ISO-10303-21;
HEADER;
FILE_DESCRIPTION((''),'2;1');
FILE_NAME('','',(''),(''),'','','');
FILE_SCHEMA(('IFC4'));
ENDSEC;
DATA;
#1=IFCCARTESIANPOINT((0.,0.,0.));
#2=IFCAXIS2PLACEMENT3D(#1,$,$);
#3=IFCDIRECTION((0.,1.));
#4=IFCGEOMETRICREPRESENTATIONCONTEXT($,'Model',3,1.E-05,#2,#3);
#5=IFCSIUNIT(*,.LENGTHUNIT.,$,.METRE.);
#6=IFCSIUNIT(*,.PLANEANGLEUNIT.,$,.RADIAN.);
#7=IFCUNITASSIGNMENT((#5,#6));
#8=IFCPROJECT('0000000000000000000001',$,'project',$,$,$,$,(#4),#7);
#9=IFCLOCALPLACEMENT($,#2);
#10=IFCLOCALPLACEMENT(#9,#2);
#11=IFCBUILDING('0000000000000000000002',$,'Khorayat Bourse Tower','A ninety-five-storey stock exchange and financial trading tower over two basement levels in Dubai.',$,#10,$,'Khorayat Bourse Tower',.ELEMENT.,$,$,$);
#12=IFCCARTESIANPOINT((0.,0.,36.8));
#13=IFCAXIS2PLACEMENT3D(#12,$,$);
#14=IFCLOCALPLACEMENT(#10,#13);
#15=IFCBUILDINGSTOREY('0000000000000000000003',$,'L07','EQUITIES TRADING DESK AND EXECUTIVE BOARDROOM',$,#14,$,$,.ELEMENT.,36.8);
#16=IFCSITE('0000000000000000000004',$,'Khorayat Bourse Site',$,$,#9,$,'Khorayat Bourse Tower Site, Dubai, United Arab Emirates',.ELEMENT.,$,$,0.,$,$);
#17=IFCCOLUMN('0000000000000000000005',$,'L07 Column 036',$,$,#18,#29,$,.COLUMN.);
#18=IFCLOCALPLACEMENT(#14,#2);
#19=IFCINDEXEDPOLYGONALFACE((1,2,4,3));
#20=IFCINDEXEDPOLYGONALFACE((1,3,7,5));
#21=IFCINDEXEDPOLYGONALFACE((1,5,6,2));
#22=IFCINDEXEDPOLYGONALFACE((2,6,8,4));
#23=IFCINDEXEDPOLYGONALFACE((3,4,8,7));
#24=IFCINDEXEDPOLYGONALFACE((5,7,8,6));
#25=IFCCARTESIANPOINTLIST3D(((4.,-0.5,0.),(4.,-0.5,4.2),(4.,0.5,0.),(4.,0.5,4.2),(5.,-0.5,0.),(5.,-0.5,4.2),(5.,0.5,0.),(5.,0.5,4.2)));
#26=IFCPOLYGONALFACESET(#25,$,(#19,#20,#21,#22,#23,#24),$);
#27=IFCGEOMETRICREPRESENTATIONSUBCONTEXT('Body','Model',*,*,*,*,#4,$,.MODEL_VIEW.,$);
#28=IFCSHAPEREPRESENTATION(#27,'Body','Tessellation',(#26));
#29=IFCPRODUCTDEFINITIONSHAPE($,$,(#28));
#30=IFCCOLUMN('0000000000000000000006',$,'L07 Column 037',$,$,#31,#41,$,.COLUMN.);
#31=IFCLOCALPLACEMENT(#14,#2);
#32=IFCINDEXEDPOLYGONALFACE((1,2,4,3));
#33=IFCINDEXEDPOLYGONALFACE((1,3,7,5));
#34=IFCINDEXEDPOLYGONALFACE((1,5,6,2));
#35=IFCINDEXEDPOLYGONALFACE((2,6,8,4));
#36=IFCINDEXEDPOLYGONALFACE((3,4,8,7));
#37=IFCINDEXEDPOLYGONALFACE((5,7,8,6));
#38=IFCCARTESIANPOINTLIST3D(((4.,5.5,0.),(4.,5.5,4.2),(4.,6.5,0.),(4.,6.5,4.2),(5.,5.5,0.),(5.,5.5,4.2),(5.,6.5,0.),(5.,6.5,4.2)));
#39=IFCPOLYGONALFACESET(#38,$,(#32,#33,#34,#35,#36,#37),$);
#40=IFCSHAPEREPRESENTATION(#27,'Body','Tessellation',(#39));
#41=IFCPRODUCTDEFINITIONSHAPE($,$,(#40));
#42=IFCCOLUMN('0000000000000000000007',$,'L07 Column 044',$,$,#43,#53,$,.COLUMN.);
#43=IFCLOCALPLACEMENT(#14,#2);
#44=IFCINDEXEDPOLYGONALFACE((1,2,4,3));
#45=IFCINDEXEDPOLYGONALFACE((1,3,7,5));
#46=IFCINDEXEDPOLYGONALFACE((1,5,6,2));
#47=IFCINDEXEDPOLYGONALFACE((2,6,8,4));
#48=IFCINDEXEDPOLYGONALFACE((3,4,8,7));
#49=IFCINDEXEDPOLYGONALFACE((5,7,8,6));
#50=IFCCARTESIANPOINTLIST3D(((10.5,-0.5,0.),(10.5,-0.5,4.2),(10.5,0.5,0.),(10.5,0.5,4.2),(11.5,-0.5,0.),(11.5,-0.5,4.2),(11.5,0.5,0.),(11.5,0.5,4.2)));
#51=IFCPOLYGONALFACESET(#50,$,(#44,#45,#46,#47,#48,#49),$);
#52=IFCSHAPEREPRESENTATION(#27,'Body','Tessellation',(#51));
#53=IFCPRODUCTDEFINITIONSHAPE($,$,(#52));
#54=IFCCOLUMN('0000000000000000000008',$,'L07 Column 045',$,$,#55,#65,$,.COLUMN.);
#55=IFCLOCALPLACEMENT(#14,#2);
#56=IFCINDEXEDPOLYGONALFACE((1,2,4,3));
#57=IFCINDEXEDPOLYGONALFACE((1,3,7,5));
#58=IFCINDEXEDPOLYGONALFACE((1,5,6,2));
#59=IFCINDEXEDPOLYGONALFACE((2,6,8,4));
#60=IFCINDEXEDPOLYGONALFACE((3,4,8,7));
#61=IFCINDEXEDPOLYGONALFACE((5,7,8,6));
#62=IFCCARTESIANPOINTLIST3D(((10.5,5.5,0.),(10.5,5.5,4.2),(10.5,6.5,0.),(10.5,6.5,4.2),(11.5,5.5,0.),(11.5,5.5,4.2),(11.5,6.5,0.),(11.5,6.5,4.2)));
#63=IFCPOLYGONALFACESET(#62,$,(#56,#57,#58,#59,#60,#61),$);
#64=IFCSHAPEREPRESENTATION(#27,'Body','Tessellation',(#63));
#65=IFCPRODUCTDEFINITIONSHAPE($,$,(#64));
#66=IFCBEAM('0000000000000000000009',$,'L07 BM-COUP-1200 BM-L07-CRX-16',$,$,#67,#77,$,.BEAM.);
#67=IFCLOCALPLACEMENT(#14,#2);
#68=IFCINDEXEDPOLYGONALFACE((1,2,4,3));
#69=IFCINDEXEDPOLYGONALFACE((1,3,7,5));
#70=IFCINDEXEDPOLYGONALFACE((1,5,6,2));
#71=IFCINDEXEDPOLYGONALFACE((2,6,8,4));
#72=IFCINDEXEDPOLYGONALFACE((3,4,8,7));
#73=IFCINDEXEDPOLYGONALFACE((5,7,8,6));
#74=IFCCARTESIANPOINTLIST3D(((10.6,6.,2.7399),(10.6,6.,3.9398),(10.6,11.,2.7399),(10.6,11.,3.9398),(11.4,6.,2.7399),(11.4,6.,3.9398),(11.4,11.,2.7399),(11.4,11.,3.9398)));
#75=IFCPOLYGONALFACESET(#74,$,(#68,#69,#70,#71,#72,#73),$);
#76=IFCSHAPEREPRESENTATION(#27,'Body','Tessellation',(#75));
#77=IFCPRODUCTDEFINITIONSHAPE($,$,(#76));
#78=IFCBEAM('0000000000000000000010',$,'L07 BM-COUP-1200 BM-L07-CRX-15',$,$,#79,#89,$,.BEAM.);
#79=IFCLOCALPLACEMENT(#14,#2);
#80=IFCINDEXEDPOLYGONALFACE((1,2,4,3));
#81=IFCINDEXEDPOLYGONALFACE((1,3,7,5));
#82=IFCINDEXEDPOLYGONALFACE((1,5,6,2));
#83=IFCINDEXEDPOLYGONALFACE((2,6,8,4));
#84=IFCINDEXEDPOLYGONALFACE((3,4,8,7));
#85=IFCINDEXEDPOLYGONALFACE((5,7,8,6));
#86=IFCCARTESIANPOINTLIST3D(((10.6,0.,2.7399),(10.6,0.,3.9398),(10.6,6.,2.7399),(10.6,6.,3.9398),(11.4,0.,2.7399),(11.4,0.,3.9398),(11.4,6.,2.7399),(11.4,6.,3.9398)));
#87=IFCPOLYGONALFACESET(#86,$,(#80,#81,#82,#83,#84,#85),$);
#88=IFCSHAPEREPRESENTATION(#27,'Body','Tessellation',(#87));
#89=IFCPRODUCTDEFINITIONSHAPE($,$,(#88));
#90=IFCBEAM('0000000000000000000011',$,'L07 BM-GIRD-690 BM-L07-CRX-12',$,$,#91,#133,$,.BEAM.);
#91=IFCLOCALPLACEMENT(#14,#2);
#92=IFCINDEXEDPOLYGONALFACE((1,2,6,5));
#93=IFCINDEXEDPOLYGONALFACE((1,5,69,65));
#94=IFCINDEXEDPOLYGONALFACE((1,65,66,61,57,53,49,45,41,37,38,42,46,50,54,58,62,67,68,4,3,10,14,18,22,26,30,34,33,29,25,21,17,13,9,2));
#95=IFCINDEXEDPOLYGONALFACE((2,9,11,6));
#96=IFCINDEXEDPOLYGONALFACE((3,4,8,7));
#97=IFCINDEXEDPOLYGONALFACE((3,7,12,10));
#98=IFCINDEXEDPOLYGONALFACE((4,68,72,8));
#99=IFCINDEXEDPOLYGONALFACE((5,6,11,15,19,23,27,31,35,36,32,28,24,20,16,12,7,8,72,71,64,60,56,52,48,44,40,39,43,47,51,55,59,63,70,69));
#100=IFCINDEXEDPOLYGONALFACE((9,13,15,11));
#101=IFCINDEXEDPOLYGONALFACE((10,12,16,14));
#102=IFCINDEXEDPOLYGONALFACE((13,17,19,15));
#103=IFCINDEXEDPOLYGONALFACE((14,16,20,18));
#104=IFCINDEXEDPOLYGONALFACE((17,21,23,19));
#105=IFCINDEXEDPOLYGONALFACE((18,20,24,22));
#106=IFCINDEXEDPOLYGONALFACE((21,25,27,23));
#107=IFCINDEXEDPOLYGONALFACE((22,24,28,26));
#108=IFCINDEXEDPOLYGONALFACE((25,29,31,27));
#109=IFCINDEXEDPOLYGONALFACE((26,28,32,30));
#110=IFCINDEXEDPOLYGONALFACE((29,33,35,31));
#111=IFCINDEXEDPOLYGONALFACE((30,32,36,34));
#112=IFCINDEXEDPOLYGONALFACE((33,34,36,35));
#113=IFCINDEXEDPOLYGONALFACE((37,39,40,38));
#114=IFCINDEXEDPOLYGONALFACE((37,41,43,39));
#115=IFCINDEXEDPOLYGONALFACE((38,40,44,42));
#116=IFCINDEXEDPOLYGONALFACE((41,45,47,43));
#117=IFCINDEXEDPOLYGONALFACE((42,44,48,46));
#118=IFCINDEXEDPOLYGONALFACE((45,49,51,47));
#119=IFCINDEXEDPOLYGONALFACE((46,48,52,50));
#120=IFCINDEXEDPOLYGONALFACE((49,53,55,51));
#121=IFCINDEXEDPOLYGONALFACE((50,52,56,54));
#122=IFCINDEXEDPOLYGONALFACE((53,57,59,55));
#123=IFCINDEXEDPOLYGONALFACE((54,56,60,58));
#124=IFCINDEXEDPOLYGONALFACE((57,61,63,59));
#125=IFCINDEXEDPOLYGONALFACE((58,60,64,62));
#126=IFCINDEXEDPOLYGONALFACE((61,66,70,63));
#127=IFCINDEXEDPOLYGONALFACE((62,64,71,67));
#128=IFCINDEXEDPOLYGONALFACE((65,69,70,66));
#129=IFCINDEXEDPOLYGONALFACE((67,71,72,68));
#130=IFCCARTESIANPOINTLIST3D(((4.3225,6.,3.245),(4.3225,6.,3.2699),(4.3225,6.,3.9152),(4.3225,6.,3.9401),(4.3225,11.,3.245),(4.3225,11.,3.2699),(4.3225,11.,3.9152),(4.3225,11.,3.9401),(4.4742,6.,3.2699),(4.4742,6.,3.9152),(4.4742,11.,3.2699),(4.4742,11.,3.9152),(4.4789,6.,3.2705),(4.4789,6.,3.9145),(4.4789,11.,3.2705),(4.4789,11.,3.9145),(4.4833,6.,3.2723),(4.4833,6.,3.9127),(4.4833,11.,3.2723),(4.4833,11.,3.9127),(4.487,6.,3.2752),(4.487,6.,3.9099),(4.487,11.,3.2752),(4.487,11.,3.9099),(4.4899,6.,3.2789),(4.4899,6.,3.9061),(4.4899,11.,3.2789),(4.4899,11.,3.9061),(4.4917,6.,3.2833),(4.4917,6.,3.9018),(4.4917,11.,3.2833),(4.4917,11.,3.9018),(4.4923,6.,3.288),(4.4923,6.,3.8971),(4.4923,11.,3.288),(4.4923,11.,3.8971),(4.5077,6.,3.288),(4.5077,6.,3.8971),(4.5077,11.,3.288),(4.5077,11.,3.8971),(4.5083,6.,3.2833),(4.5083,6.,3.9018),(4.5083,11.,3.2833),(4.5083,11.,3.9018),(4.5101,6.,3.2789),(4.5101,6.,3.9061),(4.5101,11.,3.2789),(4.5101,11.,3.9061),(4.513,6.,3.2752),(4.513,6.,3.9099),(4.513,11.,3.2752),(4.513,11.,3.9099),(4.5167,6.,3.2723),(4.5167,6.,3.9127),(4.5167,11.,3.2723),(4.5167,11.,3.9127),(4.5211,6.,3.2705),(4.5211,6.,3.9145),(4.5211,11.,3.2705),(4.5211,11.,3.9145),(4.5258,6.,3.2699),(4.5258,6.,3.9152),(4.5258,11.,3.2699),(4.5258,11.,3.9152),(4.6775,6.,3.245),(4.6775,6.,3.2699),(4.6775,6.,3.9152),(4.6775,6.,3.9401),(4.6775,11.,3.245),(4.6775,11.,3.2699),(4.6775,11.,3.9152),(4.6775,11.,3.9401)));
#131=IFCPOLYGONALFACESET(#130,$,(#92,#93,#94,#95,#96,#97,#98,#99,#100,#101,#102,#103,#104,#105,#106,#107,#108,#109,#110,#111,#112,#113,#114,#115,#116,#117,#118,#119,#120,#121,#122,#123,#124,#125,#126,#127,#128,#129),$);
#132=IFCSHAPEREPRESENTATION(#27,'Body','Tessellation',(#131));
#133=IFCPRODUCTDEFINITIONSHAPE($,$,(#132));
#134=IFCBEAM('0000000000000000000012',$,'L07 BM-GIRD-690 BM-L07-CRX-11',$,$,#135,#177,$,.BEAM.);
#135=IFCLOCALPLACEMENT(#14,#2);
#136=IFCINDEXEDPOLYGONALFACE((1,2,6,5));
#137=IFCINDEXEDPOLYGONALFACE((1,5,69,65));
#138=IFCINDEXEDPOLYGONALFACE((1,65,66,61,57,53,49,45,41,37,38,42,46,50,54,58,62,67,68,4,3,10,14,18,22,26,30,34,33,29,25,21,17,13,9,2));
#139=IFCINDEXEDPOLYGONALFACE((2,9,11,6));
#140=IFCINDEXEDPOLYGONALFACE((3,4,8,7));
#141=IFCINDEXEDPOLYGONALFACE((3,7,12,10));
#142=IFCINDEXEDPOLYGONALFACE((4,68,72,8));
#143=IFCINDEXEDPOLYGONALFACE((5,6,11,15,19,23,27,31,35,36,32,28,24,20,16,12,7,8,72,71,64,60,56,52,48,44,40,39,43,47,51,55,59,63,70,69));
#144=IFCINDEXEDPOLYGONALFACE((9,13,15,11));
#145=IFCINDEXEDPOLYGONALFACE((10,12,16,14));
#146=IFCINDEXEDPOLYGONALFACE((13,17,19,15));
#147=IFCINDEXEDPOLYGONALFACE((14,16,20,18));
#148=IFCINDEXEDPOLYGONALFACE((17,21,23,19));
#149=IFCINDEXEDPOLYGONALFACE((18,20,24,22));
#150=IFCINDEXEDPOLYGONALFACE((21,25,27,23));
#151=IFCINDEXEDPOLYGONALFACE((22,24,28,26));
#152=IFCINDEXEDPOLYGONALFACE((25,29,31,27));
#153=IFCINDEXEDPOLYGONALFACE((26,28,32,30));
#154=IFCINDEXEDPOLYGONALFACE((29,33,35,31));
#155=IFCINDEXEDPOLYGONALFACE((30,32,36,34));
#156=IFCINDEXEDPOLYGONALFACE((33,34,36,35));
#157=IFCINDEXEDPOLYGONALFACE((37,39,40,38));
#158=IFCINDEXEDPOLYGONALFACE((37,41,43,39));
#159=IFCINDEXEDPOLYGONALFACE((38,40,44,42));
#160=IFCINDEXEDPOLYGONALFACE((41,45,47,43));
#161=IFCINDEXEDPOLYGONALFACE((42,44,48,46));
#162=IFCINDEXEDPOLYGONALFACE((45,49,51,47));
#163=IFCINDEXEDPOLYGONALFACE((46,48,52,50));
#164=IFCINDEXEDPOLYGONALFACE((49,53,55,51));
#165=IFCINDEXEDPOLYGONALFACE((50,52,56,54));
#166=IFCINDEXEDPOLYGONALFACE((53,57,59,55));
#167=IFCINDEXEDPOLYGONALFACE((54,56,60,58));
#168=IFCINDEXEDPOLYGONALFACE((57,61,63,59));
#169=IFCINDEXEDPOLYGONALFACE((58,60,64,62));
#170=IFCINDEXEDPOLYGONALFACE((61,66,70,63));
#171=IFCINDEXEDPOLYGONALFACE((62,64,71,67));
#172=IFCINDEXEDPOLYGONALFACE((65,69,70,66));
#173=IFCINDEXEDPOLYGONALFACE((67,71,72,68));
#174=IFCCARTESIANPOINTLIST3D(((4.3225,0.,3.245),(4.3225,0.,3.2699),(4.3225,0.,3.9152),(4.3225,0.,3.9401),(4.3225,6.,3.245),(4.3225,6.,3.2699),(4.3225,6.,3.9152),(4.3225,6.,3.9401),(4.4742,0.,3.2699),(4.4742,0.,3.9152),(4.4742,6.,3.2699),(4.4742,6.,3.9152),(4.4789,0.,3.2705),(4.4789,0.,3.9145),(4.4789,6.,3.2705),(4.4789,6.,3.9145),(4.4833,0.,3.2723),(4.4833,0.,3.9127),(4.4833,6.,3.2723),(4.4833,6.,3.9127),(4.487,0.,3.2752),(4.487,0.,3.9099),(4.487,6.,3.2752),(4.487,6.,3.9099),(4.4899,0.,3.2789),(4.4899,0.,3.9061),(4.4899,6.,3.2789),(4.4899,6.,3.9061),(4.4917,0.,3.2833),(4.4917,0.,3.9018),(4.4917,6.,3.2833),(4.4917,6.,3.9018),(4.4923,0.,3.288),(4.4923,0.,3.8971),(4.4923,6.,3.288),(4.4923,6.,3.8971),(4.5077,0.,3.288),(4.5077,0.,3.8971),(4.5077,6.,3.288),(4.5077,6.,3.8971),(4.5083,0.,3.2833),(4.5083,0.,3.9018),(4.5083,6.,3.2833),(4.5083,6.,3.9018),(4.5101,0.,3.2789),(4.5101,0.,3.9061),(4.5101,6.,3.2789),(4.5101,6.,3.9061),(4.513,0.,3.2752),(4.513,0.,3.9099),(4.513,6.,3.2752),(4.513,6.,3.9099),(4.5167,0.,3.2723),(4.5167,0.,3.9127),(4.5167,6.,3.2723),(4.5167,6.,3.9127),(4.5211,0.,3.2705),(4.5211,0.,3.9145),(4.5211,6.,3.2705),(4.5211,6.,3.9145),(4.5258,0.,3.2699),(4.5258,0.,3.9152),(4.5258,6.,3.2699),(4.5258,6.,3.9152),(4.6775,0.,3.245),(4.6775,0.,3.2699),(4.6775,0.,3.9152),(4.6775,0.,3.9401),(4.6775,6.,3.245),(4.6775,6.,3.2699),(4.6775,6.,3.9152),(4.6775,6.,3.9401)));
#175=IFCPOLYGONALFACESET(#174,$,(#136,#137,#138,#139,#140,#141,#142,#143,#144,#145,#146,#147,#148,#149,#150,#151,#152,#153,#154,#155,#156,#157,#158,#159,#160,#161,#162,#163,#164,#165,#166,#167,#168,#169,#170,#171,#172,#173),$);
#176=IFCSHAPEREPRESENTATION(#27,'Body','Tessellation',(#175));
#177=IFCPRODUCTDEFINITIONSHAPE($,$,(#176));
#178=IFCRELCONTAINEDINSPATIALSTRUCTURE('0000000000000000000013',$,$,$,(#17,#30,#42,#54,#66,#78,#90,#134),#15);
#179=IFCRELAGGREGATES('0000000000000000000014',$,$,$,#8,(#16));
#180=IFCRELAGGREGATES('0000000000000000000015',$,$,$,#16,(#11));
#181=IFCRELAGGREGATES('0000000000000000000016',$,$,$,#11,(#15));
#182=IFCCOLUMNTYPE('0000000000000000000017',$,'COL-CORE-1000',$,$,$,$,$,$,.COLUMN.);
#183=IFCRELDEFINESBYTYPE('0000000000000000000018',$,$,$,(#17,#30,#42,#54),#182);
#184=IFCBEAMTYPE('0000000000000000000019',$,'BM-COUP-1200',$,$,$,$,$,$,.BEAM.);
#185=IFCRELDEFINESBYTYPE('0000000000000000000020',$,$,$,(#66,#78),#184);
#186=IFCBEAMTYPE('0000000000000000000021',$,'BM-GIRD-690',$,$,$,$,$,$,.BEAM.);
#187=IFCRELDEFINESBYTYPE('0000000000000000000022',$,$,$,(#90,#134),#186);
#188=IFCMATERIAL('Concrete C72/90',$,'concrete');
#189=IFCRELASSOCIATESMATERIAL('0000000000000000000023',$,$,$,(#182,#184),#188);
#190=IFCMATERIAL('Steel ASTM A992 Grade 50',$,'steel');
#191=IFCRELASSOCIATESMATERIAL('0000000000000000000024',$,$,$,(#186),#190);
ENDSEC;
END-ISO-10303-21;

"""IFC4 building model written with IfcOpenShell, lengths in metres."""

from ifc_helpers import new_model, si_unit, direction, frame, origin, origin_2d, place, context, subcontext, project, spatial, rectangle, i_section, extrude, source, transform, mapped, material, material_profile, profile_set, type_object, element, save


model = new_model("IFC4")

# Units and contexts
model_context = context("Model", 3, precision=1e-05, world=origin(), true_north=direction((0.0, 1.0)))
body_context = subcontext(model_context, "Body", "Model", "MODEL_VIEW")
ifc_project = project(units=[si_unit("LENGTHUNIT", "METRE"), si_unit("PLANEANGLEUNIT", "RADIAN")], contexts=[model_context])

# Site, building, storey
site_placement = place(None, origin())
site = spatial("IfcSite", under=ifc_project, at=site_placement, Name="Khorayat Bourse Site", LongName="Khorayat Bourse Tower Site, Dubai, United Arab Emirates", CompositionType="ELEMENT", RefElevation=0.0)
building_placement = place(site_placement, origin())
building = spatial("IfcBuilding", under=site, at=building_placement, Name="Khorayat Bourse Tower", Description="A ninety-five-storey stock exchange and financial trading tower over two basement levels in Dubai.", LongName="Khorayat Bourse Tower", CompositionType="ELEMENT")
storey_placement = place(building_placement, frame((0.0, 0.0, 36.8)))
storey = spatial("IfcBuildingStorey", under=building, at=storey_placement, Name="L07", Description="EQUITIES TRADING DESK AND EXECUTIVE BOARDROOM", CompositionType="ELEMENT", Elevation=36.8)

# Columns
ifc_material_1 = material(Name="Concrete C72/90", Category="concrete")
ifc_material_profile_1 = material_profile(ifc_material_1, rectangle(XDim=1.0, YDim=1.0, at=origin_2d()), Name="RC 1000x1000")
ifc_profile_set_1 = profile_set([ifc_material_profile_1], Name="Concrete C72/90")
column_type = type_object("IfcColumnType", Name="COL-CORE-1000", PredefinedType="COLUMN", material=ifc_profile_set_1)
shared_shape_1 = source(origin(), body_context, "Body", "SweptSolid", [
    extrude(rectangle(XDim=1.0, YDim=1.0, at=origin_2d()), origin(), (0.0, 0.0, 1.0), 4.2),
])
for number, where, z_axis, x_axis, name in (
    (1, (4.5, 0.0, 0.0), (0.0, 0.0, 1.0), (1.0, 0.0, 0.0), "L07 Column 036"),
    (2, (4.5, 6.0, 0.0), (0.0, 0.0, 1.0), (1.0, 0.0, 0.0), "L07 Column 037"),
    (3, (11.0, 0.0, 0.0), (0.0, 0.0, 1.0), (1.0, 0.0, 0.0), "L07 Column 044"),
    (4, (11.0, 6.0, 0.0), (0.0, 0.0, 1.0), (1.0, 0.0, 0.0), "L07 Column 045"),
):
    element("IfcColumn", number, at=place(storey_placement, frame(where, z_axis=z_axis, x_axis=x_axis)), inside=storey, type_object=column_type, Name=name, PredefinedType="COLUMN", context=body_context, shape_type="MappedRepresentation", body=[
        mapped(shared_shape_1, transform((0.0, 0.0, 0.0), scale=1.0)),
    ])

# Beams
ifc_material_profile_2 = material_profile(ifc_material_1, rectangle(XDim=0.8, YDim=1.2, at=origin_2d()), Name="RC 800x1200")
ifc_profile_set_2 = profile_set([ifc_material_profile_2], Name="Concrete C72/90")
beam_type_1 = type_object("IfcBeamType", Name="BM-COUP-1200", PredefinedType="BEAM", material=ifc_profile_set_2)
shared_shape_2 = source(origin(), body_context, "Body", "SweptSolid", [
    extrude(rectangle(XDim=0.8, YDim=1.2, at=origin_2d()), origin(), (0.0, 0.0, 1.0), 5.0),
])
beam_1_placement = place(storey_placement, frame((11.0, 6.0, 3.3398), z_axis=(0.0, 1.0, 0.0), x_axis=(-1.0, 0.0, 0.0)))
element("IfcBeam", 5, at=beam_1_placement, inside=storey, type_object=beam_type_1, Name="L07 BM-COUP-1200 BM-L07-CRX-16", PredefinedType="BEAM", context=body_context, shape_type="MappedRepresentation", body=[
    mapped(shared_shape_2, transform((0.0, 0.0, 0.0), scale=1.0)),
])
shared_shape_3 = source(origin(), body_context, "Body", "SweptSolid", [
    extrude(rectangle(XDim=0.8, YDim=1.2, at=origin_2d()), origin(), (0.0, 0.0, 1.0), 6.0),
])
beam_2_placement = place(storey_placement, frame((11.0, 0.0, 3.3398), z_axis=(0.0, 1.0, 0.0), x_axis=(-1.0, 0.0, 0.0)))
element("IfcBeam", 6, at=beam_2_placement, inside=storey, type_object=beam_type_1, Name="L07 BM-COUP-1200 BM-L07-CRX-15", PredefinedType="BEAM", context=body_context, shape_type="MappedRepresentation", body=[
    mapped(shared_shape_3, transform((0.0, 0.0, 0.0), scale=1.0)),
])
ifc_material_2 = material(Name="Steel ASTM A992 Grade 50", Category="steel")
ifc_material_profile_3 = material_profile(ifc_material_2, i_section(OverallWidth=0.355, OverallDepth=0.6951, WebThickness=0.0154, FlangeThickness=0.0249, FilletRadius=0.0181, at=origin_2d()), Name="W690X217")
ifc_profile_set_3 = profile_set([ifc_material_profile_3], Name="Steel ASTM A992 Grade 50")
beam_type_2 = type_object("IfcBeamType", Name="BM-GIRD-690", PredefinedType="BEAM", material=ifc_profile_set_3)
shared_shape_4 = source(origin(), body_context, "Body", "SweptSolid", [
    extrude(i_section(OverallWidth=0.355, OverallDepth=0.6951, WebThickness=0.0154, FlangeThickness=0.0249, FilletRadius=0.0181, at=origin_2d()), origin(), (0.0, 0.0, 1.0), 5.0),
])
beam_3_placement = place(storey_placement, frame((4.5, 6.0, 3.5925), z_axis=(0.0, 1.0, 0.0), x_axis=(-1.0, 0.0, 0.0)))
element("IfcBeam", 7, at=beam_3_placement, inside=storey, type_object=beam_type_2, Name="L07 BM-GIRD-690 BM-L07-CRX-12", PredefinedType="BEAM", context=body_context, shape_type="MappedRepresentation", body=[
    mapped(shared_shape_4, transform((0.0, 0.0, 0.0), scale=1.0)),
])
shared_shape_5 = source(origin(), body_context, "Body", "SweptSolid", [
    extrude(i_section(OverallWidth=0.355, OverallDepth=0.6951, WebThickness=0.0154, FlangeThickness=0.0249, FilletRadius=0.0181, at=origin_2d()), origin(), (0.0, 0.0, 1.0), 6.0),
])
beam_4_placement = place(storey_placement, frame((4.5, 0.0, 3.5925), z_axis=(0.0, 1.0, 0.0), x_axis=(-1.0, 0.0, 0.0)))
element("IfcBeam", 8, at=beam_4_placement, inside=storey, type_object=beam_type_2, Name="L07 BM-GIRD-690 BM-L07-CRX-11", PredefinedType="BEAM", context=body_context, shape_type="MappedRepresentation", body=[
    mapped(shared_shape_5, transform((0.0, 0.0, 0.0), scale=1.0)),
])

save(model, "model.ifc")
